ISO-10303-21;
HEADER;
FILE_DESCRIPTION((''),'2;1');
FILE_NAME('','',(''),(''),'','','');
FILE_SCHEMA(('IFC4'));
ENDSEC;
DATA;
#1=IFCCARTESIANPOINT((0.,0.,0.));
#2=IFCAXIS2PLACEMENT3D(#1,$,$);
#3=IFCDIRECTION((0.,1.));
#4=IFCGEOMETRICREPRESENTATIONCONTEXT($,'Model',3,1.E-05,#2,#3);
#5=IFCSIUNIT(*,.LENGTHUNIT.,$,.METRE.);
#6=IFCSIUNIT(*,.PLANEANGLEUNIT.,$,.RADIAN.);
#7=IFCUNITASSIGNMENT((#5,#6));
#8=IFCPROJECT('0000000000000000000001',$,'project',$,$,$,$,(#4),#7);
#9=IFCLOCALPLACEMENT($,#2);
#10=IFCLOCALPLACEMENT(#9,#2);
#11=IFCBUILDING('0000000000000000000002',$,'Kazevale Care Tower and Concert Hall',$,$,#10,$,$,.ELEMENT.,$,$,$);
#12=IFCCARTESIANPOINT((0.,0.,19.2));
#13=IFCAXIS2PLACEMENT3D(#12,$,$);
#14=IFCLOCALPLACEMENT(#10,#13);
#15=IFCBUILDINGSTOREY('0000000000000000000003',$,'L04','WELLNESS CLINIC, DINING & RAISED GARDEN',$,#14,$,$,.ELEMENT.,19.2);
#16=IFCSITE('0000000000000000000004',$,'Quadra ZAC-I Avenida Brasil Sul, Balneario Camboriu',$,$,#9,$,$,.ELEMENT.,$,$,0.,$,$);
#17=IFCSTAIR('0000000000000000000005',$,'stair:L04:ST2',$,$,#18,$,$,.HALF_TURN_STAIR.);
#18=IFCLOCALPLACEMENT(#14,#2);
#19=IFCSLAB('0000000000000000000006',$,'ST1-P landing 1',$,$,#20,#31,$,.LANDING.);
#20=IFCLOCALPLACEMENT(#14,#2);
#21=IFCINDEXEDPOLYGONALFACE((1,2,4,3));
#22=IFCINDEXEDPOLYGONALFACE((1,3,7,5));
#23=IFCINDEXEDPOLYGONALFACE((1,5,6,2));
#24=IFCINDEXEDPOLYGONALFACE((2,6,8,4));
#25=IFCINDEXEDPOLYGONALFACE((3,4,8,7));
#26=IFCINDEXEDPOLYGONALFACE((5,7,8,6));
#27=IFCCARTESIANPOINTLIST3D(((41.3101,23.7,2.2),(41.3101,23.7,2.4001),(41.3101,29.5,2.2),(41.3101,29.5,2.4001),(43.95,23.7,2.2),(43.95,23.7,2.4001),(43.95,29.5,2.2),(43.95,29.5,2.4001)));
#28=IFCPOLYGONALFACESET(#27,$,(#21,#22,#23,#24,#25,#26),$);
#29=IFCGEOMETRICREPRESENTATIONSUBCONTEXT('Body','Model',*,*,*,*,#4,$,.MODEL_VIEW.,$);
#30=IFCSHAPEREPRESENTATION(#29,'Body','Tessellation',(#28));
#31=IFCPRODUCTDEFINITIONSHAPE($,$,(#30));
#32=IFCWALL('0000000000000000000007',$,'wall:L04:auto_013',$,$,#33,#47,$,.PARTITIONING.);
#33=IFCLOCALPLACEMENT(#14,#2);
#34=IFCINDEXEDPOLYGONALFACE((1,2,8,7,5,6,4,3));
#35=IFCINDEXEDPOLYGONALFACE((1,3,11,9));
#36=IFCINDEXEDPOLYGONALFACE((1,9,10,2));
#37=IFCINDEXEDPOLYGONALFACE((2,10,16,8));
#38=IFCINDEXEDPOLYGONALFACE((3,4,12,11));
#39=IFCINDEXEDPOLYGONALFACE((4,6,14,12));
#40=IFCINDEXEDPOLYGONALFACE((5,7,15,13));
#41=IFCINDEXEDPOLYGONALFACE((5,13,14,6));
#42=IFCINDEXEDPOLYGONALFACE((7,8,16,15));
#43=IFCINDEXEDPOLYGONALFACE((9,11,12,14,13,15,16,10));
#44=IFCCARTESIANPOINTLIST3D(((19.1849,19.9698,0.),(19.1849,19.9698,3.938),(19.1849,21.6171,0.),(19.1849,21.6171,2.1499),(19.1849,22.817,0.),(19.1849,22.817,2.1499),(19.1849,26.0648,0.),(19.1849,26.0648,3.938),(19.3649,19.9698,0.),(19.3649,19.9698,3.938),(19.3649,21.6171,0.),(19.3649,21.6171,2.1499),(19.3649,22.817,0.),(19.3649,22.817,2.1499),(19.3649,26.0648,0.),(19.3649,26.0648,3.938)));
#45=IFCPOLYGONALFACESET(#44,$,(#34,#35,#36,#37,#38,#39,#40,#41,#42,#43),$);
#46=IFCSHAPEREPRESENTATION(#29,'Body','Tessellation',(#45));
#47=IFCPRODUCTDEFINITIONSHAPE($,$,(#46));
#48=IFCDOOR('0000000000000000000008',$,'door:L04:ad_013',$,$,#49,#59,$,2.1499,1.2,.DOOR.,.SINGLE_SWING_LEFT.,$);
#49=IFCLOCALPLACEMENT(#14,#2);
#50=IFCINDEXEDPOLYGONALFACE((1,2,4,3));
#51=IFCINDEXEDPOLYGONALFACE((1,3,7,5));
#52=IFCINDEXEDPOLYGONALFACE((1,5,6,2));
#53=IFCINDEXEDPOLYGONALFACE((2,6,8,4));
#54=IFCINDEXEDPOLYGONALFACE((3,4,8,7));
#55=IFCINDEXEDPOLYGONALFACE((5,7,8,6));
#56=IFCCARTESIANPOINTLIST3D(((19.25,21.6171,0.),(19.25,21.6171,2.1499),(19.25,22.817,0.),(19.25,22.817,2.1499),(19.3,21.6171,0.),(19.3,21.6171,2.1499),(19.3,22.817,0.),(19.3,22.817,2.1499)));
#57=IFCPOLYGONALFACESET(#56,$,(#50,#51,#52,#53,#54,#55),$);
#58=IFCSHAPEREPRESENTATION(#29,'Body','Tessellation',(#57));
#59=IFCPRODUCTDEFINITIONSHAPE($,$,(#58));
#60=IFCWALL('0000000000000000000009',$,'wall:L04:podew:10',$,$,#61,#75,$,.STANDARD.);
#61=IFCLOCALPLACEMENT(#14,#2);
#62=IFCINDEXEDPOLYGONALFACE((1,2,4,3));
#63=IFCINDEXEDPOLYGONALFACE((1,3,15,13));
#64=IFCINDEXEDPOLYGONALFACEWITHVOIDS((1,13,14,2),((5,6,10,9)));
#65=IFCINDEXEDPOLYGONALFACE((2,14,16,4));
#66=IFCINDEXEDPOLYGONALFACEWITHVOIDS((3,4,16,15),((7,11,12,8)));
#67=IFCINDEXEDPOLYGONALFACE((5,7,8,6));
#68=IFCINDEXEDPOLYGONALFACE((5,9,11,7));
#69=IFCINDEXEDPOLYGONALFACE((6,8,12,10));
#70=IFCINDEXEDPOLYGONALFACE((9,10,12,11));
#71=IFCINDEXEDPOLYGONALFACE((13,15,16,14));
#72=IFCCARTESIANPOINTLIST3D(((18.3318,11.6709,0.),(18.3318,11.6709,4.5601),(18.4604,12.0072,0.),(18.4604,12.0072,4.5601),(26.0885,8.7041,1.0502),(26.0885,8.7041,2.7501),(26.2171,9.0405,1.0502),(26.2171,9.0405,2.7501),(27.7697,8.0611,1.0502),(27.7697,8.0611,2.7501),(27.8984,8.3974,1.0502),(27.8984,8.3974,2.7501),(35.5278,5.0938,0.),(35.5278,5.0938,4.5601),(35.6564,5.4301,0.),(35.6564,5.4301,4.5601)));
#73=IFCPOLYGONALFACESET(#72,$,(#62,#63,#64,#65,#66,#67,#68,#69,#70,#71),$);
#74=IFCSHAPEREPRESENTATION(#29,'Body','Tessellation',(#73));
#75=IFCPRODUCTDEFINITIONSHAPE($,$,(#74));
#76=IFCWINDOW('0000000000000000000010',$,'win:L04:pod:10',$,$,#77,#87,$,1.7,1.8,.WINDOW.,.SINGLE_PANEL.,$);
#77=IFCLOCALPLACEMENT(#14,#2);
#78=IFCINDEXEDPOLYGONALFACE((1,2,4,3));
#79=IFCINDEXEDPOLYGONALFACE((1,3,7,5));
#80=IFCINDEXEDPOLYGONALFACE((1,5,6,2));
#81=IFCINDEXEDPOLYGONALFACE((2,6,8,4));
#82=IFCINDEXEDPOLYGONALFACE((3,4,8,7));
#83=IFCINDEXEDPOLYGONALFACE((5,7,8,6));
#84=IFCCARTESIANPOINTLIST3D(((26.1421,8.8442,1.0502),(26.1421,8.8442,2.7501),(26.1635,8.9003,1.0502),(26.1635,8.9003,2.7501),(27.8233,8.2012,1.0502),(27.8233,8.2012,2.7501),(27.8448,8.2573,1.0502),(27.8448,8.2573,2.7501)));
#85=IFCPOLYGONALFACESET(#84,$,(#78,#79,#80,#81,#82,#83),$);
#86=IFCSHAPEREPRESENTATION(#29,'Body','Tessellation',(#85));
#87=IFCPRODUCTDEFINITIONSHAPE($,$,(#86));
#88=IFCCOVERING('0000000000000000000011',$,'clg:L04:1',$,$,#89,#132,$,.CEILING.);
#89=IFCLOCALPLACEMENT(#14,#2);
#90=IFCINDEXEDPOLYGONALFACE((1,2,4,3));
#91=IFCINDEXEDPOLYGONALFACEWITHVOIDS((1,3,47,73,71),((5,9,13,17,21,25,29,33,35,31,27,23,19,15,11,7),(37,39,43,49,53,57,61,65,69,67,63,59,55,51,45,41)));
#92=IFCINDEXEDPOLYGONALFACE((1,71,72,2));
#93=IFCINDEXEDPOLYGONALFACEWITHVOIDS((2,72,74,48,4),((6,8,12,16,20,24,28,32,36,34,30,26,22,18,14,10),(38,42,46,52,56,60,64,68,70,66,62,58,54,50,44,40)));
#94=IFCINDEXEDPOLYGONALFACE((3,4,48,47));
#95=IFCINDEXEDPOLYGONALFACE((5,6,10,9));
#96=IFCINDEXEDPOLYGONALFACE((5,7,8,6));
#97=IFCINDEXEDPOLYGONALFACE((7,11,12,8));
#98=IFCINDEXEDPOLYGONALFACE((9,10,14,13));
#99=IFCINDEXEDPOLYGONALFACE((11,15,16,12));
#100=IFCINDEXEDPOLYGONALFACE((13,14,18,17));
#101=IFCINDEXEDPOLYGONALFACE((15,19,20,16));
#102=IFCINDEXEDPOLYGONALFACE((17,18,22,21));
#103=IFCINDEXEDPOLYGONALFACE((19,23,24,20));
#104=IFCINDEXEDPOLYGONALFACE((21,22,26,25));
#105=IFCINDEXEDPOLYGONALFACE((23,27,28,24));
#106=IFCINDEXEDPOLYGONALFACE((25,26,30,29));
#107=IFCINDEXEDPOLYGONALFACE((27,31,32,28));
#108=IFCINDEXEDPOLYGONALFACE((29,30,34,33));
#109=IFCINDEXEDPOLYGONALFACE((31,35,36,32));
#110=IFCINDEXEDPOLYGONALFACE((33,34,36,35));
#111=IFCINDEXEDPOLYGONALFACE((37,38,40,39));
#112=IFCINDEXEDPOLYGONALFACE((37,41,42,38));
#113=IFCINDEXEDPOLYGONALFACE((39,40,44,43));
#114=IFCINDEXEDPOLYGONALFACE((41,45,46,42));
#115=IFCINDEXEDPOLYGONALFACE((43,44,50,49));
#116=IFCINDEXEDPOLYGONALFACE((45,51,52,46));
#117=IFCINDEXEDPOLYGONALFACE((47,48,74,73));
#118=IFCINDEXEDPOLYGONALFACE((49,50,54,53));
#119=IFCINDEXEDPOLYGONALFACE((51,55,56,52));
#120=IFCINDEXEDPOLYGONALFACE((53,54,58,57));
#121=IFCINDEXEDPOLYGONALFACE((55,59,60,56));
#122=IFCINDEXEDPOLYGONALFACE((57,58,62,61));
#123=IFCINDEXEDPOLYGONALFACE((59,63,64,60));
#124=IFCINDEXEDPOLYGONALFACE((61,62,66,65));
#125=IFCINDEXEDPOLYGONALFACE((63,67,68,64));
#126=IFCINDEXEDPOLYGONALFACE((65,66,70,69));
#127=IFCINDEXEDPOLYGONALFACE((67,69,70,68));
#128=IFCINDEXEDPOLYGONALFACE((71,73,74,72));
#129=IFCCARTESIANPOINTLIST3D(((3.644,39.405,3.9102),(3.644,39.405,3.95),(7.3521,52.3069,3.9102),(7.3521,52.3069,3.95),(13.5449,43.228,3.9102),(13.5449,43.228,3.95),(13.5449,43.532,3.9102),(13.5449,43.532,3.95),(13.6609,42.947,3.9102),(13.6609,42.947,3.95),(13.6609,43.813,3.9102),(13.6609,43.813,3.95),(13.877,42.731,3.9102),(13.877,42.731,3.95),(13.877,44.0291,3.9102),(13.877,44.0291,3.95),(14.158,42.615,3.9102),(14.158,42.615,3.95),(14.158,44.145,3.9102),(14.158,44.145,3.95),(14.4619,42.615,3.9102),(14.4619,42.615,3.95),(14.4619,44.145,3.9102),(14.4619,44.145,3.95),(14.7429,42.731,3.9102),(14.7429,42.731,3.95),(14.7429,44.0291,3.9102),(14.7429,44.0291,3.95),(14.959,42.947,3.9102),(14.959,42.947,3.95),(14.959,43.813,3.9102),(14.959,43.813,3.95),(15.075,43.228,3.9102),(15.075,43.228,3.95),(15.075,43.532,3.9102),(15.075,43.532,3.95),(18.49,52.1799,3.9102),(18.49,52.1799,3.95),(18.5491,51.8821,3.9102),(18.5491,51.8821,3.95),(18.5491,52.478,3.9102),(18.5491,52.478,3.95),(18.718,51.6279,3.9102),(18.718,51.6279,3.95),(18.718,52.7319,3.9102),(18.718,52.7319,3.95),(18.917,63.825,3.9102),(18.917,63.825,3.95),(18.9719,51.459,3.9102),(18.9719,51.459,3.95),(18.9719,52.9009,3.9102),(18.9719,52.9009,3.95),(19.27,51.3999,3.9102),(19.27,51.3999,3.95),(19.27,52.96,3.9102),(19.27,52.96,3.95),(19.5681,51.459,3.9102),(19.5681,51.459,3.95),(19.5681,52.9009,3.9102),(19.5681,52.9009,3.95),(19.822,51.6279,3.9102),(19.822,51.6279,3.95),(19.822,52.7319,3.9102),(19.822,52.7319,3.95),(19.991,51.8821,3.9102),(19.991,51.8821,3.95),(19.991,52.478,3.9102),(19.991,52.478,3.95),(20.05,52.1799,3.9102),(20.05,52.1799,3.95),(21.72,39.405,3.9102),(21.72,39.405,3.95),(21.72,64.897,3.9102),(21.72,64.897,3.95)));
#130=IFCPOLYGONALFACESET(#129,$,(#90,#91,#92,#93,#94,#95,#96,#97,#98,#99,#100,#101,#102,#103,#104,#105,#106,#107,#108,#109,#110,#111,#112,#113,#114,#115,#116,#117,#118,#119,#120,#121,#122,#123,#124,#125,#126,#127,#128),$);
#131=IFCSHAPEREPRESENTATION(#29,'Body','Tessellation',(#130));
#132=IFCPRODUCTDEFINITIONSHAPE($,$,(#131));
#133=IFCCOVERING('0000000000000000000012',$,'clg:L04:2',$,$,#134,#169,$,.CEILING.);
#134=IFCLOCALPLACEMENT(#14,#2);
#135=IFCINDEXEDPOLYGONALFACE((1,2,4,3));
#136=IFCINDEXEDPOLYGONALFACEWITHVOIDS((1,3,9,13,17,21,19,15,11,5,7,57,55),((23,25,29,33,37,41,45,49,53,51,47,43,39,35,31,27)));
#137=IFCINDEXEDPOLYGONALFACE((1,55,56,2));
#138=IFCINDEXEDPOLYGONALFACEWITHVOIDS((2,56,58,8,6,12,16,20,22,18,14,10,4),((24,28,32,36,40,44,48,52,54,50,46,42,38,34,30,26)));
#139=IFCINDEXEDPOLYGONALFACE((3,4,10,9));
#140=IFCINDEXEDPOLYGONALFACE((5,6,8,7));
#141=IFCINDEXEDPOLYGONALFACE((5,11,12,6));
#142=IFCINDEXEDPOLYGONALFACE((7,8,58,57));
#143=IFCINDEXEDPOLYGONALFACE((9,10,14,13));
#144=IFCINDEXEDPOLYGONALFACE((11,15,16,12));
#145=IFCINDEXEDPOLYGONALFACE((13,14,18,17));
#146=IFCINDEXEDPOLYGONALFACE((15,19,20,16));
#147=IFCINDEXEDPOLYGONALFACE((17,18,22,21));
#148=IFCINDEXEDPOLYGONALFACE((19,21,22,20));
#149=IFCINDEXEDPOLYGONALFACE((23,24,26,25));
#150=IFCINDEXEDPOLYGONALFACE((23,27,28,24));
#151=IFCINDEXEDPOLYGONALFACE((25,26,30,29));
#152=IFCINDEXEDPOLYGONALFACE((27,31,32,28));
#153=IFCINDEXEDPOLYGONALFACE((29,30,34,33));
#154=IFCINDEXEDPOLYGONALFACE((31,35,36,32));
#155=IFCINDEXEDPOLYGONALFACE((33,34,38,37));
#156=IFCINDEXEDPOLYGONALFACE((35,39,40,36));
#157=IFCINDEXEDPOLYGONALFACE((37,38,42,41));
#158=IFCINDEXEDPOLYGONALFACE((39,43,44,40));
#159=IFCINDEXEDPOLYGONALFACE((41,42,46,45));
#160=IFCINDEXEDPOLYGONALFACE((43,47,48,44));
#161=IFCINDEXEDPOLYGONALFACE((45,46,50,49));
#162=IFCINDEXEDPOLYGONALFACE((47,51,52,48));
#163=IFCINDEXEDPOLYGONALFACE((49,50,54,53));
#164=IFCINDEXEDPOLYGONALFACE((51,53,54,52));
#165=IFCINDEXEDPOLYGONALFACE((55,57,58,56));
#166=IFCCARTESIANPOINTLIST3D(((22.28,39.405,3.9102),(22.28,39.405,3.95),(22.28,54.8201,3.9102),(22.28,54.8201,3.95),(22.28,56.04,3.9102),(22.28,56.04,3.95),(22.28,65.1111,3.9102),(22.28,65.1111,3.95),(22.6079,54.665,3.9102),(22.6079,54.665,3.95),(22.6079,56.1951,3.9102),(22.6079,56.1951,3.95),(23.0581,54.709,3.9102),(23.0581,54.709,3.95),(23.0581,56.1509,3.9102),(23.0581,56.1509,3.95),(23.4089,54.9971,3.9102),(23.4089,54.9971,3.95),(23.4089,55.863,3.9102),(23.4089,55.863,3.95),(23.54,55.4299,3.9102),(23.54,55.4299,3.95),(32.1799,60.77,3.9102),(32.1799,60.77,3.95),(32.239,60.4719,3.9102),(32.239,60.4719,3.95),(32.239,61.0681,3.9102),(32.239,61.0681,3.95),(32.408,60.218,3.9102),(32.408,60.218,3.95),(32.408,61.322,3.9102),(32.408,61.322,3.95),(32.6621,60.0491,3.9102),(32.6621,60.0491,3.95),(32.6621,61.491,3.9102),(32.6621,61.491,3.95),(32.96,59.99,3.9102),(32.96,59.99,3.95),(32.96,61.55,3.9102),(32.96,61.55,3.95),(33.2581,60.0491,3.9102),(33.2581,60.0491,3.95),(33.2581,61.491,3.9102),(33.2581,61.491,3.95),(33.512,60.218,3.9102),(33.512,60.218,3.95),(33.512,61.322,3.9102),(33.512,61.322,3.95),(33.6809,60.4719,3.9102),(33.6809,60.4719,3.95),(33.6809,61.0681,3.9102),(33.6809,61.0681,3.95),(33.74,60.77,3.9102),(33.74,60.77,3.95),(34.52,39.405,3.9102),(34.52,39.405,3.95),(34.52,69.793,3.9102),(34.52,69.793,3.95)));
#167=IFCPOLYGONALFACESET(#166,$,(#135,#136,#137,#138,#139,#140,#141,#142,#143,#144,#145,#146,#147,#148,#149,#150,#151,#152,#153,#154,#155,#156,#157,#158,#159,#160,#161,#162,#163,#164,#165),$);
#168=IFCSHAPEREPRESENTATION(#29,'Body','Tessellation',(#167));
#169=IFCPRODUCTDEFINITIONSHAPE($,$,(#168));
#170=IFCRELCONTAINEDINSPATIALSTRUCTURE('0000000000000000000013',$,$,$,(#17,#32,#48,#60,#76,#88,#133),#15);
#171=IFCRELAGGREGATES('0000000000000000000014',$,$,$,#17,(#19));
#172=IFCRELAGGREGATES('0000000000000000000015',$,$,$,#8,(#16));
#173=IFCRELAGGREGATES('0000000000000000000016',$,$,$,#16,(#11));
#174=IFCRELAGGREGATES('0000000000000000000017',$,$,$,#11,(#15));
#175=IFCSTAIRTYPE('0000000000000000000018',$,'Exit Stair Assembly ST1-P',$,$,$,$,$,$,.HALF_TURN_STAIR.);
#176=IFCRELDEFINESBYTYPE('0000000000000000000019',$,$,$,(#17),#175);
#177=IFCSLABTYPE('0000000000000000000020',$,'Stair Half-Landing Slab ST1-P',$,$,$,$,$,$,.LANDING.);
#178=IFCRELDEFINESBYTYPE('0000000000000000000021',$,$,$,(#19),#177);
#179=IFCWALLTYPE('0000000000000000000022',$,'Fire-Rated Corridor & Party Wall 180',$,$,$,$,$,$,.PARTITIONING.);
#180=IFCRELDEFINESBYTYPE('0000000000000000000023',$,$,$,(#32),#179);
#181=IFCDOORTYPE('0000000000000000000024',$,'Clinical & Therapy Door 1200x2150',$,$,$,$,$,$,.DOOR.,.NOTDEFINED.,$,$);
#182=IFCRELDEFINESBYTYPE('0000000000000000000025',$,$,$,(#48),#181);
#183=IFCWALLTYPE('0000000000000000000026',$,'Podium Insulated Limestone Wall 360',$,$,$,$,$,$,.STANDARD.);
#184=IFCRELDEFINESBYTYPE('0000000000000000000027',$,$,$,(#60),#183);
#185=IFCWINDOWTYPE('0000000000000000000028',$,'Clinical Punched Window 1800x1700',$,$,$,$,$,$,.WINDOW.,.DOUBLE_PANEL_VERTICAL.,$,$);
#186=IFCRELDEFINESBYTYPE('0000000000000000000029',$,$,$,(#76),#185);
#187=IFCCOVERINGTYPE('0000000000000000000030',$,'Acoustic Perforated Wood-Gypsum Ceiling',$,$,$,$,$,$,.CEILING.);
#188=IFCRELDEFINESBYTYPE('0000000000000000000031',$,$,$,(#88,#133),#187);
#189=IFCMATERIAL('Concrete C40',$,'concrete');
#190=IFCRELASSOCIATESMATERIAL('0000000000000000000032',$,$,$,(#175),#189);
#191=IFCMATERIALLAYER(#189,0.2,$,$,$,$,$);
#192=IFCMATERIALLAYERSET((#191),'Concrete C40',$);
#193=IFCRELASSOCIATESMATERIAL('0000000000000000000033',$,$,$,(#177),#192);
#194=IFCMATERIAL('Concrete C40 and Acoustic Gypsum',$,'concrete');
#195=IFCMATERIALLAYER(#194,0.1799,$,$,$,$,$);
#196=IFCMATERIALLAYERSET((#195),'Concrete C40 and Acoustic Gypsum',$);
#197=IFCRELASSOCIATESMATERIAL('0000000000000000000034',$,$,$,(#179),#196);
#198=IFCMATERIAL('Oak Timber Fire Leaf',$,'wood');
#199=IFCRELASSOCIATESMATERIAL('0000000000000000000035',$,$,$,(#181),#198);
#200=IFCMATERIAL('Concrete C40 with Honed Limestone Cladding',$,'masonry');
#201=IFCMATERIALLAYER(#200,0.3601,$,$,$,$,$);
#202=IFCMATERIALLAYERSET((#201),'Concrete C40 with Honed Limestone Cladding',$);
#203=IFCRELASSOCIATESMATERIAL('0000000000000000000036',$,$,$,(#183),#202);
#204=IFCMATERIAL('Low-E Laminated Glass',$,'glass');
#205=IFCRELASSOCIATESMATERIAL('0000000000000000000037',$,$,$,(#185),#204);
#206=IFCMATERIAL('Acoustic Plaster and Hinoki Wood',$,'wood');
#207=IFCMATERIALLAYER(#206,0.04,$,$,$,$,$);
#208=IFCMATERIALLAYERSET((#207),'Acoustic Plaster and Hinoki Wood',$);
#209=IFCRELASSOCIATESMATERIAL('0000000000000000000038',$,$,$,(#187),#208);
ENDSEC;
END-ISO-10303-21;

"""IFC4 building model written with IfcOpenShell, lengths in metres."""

from ifc_helpers import new_model, si_unit, direction, frame, frame_2d, origin, place, context, subcontext, project, spatial, polyline, rectangle, outline, extrude, material, layer, layer_set, type_object, element, fill, aggregate, save


model = new_model("IFC4")

# Units and contexts
model_context = context("Model", 3, precision=1e-05, world=origin(), true_north=direction((0.0, 1.0)))
body_context = subcontext(model_context, "Body", "Model", "MODEL_VIEW")
ifc_project = project(units=[si_unit("LENGTHUNIT", "METRE"), si_unit("PLANEANGLEUNIT", "RADIAN")], contexts=[model_context])

# Site, building, storey
site_placement = place(None, origin())
site = spatial("IfcSite", under=ifc_project, at=site_placement, Name="Quadra ZAC-I Avenida Brasil Sul, Balneario Camboriu", CompositionType="ELEMENT", RefElevation=0.0)
building_placement = place(site_placement, origin())
building = spatial("IfcBuilding", under=site, at=building_placement, Name="Kazevale Care Tower and Concert Hall", CompositionType="ELEMENT")
storey_placement = place(building_placement, frame((0.0, 0.0, 19.2)))
storey = spatial("IfcBuildingStorey", under=building, at=storey_placement, Name="L04", Description="WELLNESS CLINIC, DINING & RAISED GARDEN", CompositionType="ELEMENT", Elevation=19.2)

# Shared definitions
ifc_material_1 = material(Name="Low-E Laminated Glass", Category="glass")

# Shared definitions
ifc_material_2 = material(Name="Concrete C40", Category="concrete")

# Stair, slab
stair_type = type_object("IfcStairType", Name="Exit Stair Assembly ST1-P", PredefinedType="HALF_TURN_STAIR", material=ifc_material_2)
ifc_layer_1 = layer(ifc_material_2, 0.2)
ifc_layer_set_1 = layer_set([ifc_layer_1], Name="Concrete C40")
slab_type_1 = type_object("IfcSlabType", Name="Stair Half-Landing Slab ST1-P", PredefinedType="LANDING", material=ifc_layer_set_1)
stair_1_placement = place(storey_placement, origin())
stair_1 = element("IfcStair", 1, at=stair_1_placement, inside=storey, type_object=stair_type, Name="stair:L04:ST2", PredefinedType="HALF_TURN_STAIR")
slab_1_placement = place(storey_placement, frame((0.0, 0.0, 2.2)))
slab_1 = element("IfcSlab", 2, at=slab_1_placement, type_object=slab_type_1, Name="ST1-P landing 1", PredefinedType="LANDING", context=body_context, shape_type="SweptSolid", body=[
    extrude(outline(polyline([(41.3101, 23.7), (43.95, 23.7), (43.95, 29.5), (41.3101, 29.5), (41.3101, 23.7)])), origin(), (0.0, 0.0, 1.0), 0.2002),
])
aggregate(stair_1, [slab_1])

# Wall, opening, door
ifc_material_3 = material(Name="Concrete C40 and Acoustic Gypsum", Category="concrete")
ifc_layer_2 = layer(ifc_material_3, 0.1799)
ifc_layer_set_2 = layer_set([ifc_layer_2], Name="Concrete C40 and Acoustic Gypsum")
wall_type_1 = type_object("IfcWallType", Name="Fire-Rated Corridor & Party Wall 180", PredefinedType="PARTITIONING", material=ifc_layer_set_2)
wall_1_placement = place(storey_placement, frame((19.2749, 19.97, 0.0), z_axis=(0.0, 0.0, 1.0), x_axis=(0.0, 1.0, 0.0)))
wall_1 = element("IfcWall", 3, at=wall_1_placement, inside=storey, type_object=wall_type_1, Name="wall:L04:auto_013", PredefinedType="PARTITIONING", context=body_context, shape_type="SweptSolid", body=[
    extrude(rectangle(XDim=6.095, YDim=0.1799, at=frame_2d((3.0474, 0.0))), origin(), (0.0, 0.0, 1.0), 3.938),
])
opening_1_placement = place(wall_1_placement, frame((1.647, 0.0, 0.0)))
opening_1 = element("IfcOpeningElement", 4, at=opening_1_placement, cuts=wall_1, PredefinedType="OPENING", context=body_context, shape_type="SweptSolid", body=[
    extrude(rectangle(XDim=1.2, YDim=2.1499, at=frame_2d((0.6001, 1.075))), frame((0.0, 0.0999, 0.0), z_axis=(0.0, -1.0, 0.0), x_axis=(1.0, 0.0, 0.0)), (0.0, 0.0, 1.0), 0.2),
])
ifc_material_4 = material(Name="Oak Timber Fire Leaf", Category="wood")
door_type = type_object("IfcDoorType", Name="Clinical & Therapy Door 1200x2150", OperationType="NOTDEFINED", PredefinedType="DOOR", material=ifc_material_4)
door_placement = place(opening_1_placement, origin())
door = element("IfcDoor", 5, at=door_placement, inside=storey, type_object=door_type, Name="door:L04:ad_013", OperationType="SINGLE_SWING_LEFT", OverallHeight=2.1499, OverallWidth=1.2, PredefinedType="DOOR", context=body_context, shape_type="SweptSolid", body=[
    extrude(rectangle(XDim=1.2, YDim=2.1499, at=frame_2d((0.6001, 1.075))), frame((0.0, 0.0249, 0.0), z_axis=(0.0, -1.0, 0.0), x_axis=(1.0, 0.0, 0.0)), (0.0, 0.0, 1.0), 0.05),
])
fill(opening_1, door)

# Wall, opening, window
ifc_material_5 = material(Name="Concrete C40 with Honed Limestone Cladding", Category="masonry")
ifc_layer_3 = layer(ifc_material_5, 0.3601)
ifc_layer_set_3 = layer_set([ifc_layer_3], Name="Concrete C40 with Honed Limestone Cladding")
wall_type_2 = type_object("IfcWallType", Name="Podium Insulated Limestone Wall 360", PredefinedType="STANDARD", material=ifc_layer_set_3)
wall_2_placement = place(storey_placement, frame((18.396, 11.8391, 0.0), z_axis=(0.0, 0.0, 1.0), x_axis=(0.934012, -0.357241, 0.0)))
wall_2 = element("IfcWall", 6, at=wall_2_placement, inside=storey, type_object=wall_type_2, Name="wall:L04:podew:10", PredefinedType="STANDARD", context=body_context, shape_type="SweptSolid", body=[
    extrude(rectangle(XDim=18.4109, YDim=0.3601, at=frame_2d((9.2056, 0.0))), origin(), (0.0, 0.0, 1.0), 4.5601),
])
opening_2_placement = place(wall_2_placement, frame((8.3049, 0.0, 1.05)))
opening_2 = element("IfcOpeningElement", 7, at=opening_2_placement, cuts=wall_2, PredefinedType="OPENING", context=body_context, shape_type="SweptSolid", body=[
    extrude(rectangle(XDim=1.8, YDim=1.7, at=frame_2d((0.8999, 0.8501))), frame((0.0, 0.1899, 0.0), z_axis=(0.0, -1.0, 0.0), x_axis=(1.0, 0.0, 0.0)), (0.0, 0.0, 1.0), 0.3801),
])
window_type_1 = type_object("IfcWindowType", Name="Clinical Punched Window 1800x1700", PartitioningType="DOUBLE_PANEL_VERTICAL", PredefinedType="WINDOW", material=ifc_material_1)
window_1_placement = place(opening_2_placement, origin())
window_1 = element("IfcWindow", 8, at=window_1_placement, inside=storey, type_object=window_type_1, Name="win:L04:pod:10", OverallHeight=1.7, OverallWidth=1.8, PartitioningType="SINGLE_PANEL", PredefinedType="WINDOW", context=body_context, shape_type="SweptSolid", body=[
    extrude(rectangle(XDim=1.8, YDim=1.7, at=frame_2d((0.8999, 0.8501))), frame((0.0, 0.03, 0.0), z_axis=(0.0, -1.0, 0.0), x_axis=(1.0, 0.0, 0.0)), (0.0, 0.0, 1.0), 0.0601),
])
fill(opening_2, window_1)

# Coverings
ifc_material_6 = material(Name="Acoustic Plaster and Hinoki Wood", Category="wood")
ifc_layer_4 = layer(ifc_material_6, 0.04)
ifc_layer_set_4 = layer_set([ifc_layer_4], Name="Acoustic Plaster and Hinoki Wood")
covering_type_1 = type_object("IfcCoveringType", Name="Acoustic Perforated Wood-Gypsum Ceiling", PredefinedType="CEILING", material=ifc_layer_set_4)
covering_1_placement = place(storey_placement, frame((0.0, 0.0, 3.9102)))
element("IfcCovering", 9, at=covering_1_placement, inside=storey, type_object=covering_type_1, Name="clg:L04:1", PredefinedType="CEILING", context=body_context, shape_type="SweptSolid", body=[
    extrude(outline(polyline([(21.72, 39.405), (3.644, 39.405), (7.3521, 52.3069), (18.917, 63.825), (21.72, 64.897), (21.72, 39.405)]), holes=[polyline([(19.991, 52.478), (19.822, 52.7319), (19.5681, 52.9009), (19.27, 52.96), (18.9719, 52.9009), (18.718, 52.7319), (18.5491, 52.478), (18.49, 52.1799), (18.5491, 51.8821), (18.718, 51.6279), (18.9719, 51.459), (19.27, 51.3999), (19.5681, 51.459), (19.822, 51.6279), (19.991, 51.8821), (20.05, 52.1799), (19.991, 52.478)]), polyline([(15.075, 43.532), (14.959, 43.813), (14.7429, 44.0291), (14.4619, 44.145), (14.158, 44.145), (13.877, 44.0291), (13.6609, 43.813), (13.5449, 43.532), (13.5449, 43.228), (13.6609, 42.947), (13.877, 42.731), (14.158, 42.615), (14.4619, 42.615), (14.7429, 42.731), (14.959, 42.947), (15.075, 43.228), (15.075, 43.532)])]), origin(), (0.0, 0.0, 1.0), 0.0398),
])
covering_2_placement = place(storey_placement, frame((0.0, 0.0, 3.9102)))
element("IfcCovering", 10, at=covering_2_placement, inside=storey, type_object=covering_type_1, Name="clg:L04:2", PredefinedType="CEILING", context=body_context, shape_type="SweptSolid", body=[
    extrude(outline(polyline([(34.52, 69.793), (34.52, 39.405), (22.28, 39.405), (22.28, 54.8201), (22.6079, 54.665), (23.0581, 54.709), (23.4089, 54.9971), (23.54, 55.4299), (23.4089, 55.863), (23.0581, 56.1509), (22.6079, 56.1951), (22.28, 56.04), (22.28, 65.1111), (34.52, 69.793)]), holes=[polyline([(33.6809, 61.0681), (33.512, 61.322), (33.2581, 61.491), (32.96, 61.55), (32.6621, 61.491), (32.408, 61.322), (32.239, 61.0681), (32.1799, 60.77), (32.239, 60.4719), (32.408, 60.218), (32.6621, 60.0491), (32.96, 59.99), (33.2581, 60.0491), (33.512, 60.218), (33.6809, 60.4719), (33.74, 60.77), (33.6809, 61.0681)])]), origin(), (0.0, 0.0, 1.0), 0.0398),
])

save(model, "model.ifc")
